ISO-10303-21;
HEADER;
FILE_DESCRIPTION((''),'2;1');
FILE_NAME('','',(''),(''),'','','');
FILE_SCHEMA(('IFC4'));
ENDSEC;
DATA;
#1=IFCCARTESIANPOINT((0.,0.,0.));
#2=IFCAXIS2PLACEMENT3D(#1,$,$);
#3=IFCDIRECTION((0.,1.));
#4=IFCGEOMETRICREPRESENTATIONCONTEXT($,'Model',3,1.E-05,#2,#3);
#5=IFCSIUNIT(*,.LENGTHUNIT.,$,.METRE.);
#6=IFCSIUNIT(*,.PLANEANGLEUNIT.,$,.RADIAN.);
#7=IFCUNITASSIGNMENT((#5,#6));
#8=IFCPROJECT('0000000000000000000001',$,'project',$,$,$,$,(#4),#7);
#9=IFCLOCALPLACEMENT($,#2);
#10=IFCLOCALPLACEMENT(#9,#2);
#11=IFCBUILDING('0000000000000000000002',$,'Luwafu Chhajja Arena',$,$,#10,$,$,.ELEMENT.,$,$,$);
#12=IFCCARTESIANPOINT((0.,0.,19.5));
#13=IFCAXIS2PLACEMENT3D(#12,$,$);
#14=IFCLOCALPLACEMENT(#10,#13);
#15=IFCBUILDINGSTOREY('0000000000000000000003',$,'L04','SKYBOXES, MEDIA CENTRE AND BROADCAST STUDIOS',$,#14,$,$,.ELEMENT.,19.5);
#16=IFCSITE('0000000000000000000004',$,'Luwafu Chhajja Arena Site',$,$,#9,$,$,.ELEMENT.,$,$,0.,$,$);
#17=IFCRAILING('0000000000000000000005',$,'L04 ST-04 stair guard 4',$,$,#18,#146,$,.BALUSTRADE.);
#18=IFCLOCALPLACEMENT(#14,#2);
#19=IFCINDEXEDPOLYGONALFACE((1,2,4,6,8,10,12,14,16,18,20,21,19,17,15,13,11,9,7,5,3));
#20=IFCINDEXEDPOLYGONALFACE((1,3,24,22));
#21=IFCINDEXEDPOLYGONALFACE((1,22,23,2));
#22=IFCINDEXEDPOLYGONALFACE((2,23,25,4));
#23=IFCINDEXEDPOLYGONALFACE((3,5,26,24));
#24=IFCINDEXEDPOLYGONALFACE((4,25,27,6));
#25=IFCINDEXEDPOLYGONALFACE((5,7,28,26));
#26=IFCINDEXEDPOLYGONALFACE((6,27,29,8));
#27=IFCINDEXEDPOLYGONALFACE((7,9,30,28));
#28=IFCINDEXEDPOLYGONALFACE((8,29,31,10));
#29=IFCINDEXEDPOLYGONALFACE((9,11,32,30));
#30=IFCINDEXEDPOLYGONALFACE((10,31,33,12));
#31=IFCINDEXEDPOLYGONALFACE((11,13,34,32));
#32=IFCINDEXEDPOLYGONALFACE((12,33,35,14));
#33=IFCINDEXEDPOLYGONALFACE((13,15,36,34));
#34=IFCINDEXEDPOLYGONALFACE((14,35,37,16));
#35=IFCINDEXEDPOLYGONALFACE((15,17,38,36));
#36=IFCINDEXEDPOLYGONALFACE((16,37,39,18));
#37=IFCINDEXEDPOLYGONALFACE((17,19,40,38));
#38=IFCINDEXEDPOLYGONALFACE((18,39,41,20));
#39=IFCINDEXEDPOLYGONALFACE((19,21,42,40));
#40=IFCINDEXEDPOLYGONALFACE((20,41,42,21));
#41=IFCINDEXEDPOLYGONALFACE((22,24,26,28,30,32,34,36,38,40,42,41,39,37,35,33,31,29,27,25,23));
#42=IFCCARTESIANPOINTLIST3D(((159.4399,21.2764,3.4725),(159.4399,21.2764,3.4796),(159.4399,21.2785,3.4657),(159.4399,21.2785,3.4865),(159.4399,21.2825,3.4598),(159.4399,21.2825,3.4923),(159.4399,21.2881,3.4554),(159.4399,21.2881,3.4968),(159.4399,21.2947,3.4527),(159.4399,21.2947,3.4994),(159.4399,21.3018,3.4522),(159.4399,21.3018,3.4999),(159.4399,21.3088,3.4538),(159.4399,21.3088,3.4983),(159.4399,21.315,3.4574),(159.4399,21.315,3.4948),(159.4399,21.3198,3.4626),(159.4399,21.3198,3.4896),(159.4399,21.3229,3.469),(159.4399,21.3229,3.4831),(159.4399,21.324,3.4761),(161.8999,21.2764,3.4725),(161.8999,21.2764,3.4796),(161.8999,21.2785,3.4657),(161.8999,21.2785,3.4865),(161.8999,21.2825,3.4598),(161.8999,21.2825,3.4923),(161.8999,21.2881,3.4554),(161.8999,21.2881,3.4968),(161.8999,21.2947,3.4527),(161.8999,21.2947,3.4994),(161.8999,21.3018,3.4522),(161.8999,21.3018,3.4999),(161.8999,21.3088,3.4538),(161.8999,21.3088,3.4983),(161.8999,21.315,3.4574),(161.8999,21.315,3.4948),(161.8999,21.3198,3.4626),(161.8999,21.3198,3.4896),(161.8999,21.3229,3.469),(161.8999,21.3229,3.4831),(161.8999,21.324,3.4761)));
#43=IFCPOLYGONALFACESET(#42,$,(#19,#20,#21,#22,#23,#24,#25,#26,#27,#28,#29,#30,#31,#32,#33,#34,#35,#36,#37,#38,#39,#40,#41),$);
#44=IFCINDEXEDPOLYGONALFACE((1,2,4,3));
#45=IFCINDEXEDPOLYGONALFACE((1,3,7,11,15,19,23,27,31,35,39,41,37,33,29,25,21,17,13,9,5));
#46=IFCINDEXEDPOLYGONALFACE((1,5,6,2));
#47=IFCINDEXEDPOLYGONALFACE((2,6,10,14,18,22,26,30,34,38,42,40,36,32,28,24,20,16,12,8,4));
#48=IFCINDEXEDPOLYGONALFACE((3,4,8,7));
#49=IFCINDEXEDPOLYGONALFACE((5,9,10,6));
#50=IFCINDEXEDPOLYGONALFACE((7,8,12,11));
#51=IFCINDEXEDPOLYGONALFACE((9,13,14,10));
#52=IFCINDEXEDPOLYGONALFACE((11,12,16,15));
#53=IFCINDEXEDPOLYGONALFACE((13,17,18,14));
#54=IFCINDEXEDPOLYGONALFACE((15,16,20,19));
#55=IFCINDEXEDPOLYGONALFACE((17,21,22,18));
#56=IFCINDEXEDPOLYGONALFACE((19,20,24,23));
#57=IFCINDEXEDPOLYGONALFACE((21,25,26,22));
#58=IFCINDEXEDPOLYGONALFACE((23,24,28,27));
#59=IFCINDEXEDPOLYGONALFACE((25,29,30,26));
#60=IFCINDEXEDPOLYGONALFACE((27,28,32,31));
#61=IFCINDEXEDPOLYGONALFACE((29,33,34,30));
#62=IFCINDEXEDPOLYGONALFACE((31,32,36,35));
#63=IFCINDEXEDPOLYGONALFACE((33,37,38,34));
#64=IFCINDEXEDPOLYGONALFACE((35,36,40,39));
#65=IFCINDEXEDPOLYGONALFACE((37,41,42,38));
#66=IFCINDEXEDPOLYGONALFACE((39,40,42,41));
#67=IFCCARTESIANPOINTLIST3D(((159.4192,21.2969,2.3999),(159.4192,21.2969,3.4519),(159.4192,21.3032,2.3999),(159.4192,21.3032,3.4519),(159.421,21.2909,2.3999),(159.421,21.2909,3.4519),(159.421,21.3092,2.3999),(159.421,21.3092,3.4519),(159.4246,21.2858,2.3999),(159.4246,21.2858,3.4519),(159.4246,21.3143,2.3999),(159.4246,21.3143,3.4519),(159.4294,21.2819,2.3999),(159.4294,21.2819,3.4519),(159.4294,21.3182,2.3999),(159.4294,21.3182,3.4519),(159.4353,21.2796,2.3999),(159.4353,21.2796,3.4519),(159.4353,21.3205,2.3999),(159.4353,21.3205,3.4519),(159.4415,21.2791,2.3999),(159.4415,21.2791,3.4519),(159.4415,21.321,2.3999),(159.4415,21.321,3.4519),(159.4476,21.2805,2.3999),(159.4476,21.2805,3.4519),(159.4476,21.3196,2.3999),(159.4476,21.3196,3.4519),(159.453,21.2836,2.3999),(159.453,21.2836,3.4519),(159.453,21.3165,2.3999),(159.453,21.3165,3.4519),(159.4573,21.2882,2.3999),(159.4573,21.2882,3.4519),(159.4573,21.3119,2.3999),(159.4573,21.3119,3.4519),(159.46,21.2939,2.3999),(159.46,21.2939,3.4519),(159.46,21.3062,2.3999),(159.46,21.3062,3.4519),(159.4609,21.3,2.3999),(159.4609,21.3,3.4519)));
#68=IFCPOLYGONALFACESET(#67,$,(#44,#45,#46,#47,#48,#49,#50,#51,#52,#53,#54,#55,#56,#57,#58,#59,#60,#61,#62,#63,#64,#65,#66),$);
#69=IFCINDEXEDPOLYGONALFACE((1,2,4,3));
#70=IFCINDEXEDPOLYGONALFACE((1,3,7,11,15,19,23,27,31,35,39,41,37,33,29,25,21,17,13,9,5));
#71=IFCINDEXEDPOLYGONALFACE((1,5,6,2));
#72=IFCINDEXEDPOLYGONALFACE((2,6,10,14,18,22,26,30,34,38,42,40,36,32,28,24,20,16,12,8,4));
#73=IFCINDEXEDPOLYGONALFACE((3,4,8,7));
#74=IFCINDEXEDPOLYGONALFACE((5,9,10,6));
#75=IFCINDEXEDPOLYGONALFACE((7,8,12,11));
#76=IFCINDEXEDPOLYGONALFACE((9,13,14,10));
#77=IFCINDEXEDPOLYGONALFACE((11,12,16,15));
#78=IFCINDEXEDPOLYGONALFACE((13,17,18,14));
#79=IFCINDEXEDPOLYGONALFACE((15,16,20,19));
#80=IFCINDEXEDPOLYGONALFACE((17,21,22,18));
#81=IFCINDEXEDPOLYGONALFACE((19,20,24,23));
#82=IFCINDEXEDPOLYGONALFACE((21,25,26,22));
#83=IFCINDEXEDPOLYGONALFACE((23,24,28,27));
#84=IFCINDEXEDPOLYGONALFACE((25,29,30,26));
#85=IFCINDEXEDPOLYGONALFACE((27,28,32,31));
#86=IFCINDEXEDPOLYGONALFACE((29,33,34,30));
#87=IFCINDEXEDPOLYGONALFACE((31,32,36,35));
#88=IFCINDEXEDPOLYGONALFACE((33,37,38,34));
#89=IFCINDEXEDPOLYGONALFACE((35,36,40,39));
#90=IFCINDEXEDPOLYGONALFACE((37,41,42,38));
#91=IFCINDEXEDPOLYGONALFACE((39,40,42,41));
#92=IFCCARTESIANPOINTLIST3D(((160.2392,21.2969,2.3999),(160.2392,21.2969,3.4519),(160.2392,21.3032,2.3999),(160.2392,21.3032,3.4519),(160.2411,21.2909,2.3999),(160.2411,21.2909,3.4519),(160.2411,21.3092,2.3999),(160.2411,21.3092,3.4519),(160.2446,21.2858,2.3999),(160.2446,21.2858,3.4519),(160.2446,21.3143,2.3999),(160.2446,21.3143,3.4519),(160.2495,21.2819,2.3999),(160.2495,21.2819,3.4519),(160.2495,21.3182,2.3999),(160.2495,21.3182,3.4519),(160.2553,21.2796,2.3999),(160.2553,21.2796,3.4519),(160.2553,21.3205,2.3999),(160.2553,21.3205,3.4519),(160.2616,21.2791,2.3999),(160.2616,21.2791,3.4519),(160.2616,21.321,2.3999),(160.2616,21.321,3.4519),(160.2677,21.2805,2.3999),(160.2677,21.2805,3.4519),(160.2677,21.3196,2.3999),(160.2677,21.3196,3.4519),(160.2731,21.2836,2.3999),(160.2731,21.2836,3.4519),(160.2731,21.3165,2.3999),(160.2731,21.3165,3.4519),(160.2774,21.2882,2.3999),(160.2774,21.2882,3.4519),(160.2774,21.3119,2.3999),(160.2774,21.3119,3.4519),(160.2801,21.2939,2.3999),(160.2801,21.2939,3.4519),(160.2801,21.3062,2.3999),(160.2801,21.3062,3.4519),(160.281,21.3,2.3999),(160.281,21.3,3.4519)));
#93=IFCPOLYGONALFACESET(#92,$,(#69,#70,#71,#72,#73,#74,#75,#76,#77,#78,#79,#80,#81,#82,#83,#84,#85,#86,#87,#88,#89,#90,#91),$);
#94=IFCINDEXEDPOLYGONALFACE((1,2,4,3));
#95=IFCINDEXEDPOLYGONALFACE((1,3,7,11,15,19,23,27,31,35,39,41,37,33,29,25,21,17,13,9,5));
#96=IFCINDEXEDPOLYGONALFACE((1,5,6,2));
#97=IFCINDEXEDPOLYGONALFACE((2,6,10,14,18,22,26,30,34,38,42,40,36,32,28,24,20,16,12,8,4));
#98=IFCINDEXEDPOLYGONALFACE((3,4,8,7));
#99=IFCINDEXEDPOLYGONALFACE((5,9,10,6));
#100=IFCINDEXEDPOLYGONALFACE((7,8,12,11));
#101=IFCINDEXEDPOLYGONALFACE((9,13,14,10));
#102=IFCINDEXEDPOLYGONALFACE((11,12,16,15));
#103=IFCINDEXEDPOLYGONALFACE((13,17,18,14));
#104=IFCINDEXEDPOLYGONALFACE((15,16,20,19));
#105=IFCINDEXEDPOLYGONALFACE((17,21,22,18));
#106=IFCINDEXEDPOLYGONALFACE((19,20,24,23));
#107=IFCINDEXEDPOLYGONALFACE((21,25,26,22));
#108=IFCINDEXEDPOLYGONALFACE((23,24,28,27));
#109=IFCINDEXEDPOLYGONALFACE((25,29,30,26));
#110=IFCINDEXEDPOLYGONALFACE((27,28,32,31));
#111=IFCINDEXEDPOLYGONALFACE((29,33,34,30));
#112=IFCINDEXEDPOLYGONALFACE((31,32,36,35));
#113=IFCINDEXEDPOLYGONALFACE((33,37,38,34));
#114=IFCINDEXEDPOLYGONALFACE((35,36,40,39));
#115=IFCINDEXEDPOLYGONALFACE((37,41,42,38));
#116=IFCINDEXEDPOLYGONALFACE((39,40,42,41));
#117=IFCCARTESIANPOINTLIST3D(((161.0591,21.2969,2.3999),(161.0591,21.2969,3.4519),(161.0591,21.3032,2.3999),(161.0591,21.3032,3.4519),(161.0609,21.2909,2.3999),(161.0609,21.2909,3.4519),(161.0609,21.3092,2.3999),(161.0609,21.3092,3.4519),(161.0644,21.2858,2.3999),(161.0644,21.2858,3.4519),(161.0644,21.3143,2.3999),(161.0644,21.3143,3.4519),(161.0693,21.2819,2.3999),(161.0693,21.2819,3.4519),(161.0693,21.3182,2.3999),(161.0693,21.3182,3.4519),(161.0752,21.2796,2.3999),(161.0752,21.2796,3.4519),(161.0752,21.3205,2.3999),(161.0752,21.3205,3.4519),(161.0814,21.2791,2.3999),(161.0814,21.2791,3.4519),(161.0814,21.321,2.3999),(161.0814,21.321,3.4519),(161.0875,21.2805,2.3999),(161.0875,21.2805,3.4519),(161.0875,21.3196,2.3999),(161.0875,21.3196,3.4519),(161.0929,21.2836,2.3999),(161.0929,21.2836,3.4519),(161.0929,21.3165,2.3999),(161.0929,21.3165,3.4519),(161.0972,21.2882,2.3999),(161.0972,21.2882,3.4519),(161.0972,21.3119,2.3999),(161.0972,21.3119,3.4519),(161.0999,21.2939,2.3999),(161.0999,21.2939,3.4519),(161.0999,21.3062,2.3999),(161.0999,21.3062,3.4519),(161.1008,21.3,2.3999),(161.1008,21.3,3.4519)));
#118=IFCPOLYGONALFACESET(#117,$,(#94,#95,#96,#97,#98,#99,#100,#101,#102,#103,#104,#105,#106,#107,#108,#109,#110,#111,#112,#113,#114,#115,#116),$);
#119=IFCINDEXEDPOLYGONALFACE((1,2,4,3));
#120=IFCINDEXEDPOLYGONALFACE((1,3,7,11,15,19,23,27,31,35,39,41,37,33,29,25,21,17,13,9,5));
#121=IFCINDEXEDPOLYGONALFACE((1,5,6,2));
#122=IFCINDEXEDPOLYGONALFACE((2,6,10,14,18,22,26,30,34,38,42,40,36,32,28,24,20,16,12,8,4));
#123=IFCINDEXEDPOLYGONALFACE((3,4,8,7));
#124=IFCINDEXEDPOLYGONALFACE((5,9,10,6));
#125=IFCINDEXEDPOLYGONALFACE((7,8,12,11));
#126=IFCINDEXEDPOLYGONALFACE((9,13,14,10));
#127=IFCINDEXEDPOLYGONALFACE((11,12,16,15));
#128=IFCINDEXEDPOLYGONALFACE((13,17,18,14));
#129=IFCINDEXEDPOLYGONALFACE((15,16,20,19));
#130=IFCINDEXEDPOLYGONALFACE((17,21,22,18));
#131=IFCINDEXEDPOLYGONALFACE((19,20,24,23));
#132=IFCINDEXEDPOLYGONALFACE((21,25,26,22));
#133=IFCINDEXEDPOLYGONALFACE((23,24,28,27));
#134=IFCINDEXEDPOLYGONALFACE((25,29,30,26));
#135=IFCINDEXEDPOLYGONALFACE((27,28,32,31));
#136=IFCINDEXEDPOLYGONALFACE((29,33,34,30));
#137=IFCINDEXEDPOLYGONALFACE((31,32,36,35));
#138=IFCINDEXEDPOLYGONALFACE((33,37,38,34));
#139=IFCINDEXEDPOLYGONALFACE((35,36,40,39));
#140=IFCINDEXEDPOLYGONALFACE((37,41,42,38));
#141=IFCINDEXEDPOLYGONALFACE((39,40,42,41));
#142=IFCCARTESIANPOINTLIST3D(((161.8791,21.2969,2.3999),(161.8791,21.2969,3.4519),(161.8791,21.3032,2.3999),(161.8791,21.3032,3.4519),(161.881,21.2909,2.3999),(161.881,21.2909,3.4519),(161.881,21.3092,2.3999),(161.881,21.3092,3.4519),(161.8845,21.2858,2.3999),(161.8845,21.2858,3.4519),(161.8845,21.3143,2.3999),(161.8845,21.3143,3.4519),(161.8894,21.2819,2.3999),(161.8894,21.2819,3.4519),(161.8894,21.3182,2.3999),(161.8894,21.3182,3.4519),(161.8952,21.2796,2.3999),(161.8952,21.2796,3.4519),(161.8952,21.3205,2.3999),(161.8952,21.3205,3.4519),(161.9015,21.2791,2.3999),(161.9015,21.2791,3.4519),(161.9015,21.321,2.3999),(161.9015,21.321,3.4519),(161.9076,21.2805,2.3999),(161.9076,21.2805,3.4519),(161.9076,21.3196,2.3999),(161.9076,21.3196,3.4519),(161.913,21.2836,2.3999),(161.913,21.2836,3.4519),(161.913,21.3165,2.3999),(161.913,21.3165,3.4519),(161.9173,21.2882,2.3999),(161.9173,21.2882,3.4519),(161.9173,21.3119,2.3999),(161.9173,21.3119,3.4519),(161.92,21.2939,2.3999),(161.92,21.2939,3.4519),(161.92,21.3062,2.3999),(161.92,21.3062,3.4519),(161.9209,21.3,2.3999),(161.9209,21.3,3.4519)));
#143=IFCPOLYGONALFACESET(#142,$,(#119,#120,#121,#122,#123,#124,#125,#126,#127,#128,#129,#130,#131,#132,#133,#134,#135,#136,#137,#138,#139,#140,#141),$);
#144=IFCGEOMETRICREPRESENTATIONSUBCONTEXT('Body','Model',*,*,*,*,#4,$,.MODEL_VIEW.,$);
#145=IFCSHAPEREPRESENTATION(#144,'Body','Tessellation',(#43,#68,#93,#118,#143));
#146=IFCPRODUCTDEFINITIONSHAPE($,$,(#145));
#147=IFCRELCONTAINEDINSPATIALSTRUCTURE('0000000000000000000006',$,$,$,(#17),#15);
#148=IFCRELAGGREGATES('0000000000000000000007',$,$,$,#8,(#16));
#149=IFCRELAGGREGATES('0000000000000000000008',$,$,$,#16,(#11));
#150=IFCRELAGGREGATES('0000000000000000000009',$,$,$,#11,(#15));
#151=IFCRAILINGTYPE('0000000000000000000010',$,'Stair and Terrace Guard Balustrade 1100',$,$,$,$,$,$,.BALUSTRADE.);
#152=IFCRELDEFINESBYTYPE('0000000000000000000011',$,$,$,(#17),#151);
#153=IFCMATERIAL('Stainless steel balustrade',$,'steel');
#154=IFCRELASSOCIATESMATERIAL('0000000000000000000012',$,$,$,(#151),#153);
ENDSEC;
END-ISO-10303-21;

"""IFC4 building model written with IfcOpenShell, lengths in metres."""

from ifc_helpers import new_model, si_unit, direction, frame, origin, origin_2d, place, context, subcontext, project, spatial, circle, extrude, material, type_object, element, save


model = new_model("IFC4")

# Units and contexts
model_context = context("Model", 3, precision=1e-05, world=origin(), true_north=direction((0.0, 1.0)))
body_context = subcontext(model_context, "Body", "Model", "MODEL_VIEW")
ifc_project = project(units=[si_unit("LENGTHUNIT", "METRE"), si_unit("PLANEANGLEUNIT", "RADIAN")], contexts=[model_context])

# Site, building, storey
site_placement = place(None, origin())
site = spatial("IfcSite", under=ifc_project, at=site_placement, Name="Luwafu Chhajja Arena Site", CompositionType="ELEMENT", RefElevation=0.0)
building_placement = place(site_placement, origin())
building = spatial("IfcBuilding", under=site, at=building_placement, Name="Luwafu Chhajja Arena", CompositionType="ELEMENT")
storey_placement = place(building_placement, frame((0.0, 0.0, 19.5)))
storey = spatial("IfcBuildingStorey", under=building, at=storey_placement, Name="L04", Description="SKYBOXES, MEDIA CENTRE AND BROADCAST STUDIOS", CompositionType="ELEMENT", Elevation=19.5)

# Railing
ifc_material_1 = material(Name="Stainless steel balustrade", Category="steel")
railing_type_1 = type_object("IfcRailingType", Name="Stair and Terrace Guard Balustrade 1100", PredefinedType="BALUSTRADE", material=ifc_material_1)
for number, where, name in (
    (1, (159.4399, 21.3, 2.3999), "L04 ST-04 stair guard 4"),
):
    element("IfcRailing", number, at=place(storey_placement, frame(where)), inside=storey, type_object=railing_type_1, Name=name, PredefinedType="BALUSTRADE", context=body_context, shape_type="SweptSolid", body=[
        extrude(circle(Radius=0.0239, at=origin_2d()), frame((0.0, 0.0, 1.0762), z_axis=(1.0, 0.0, 0.0), x_axis=(0.0, 1.0, 0.0)), (0.0, 0.0, 1.0), 2.46),
        extrude(circle(Radius=0.021, at=origin_2d()), origin(), (0.0, 0.0, 1.0), 1.052),
        extrude(circle(Radius=0.021, at=origin_2d()), frame((0.8201, 0.0, 0.0)), (0.0, 0.0, 1.0), 1.052),
        extrude(circle(Radius=0.021, at=origin_2d()), frame((1.6399, 0.0, 0.0)), (0.0, 0.0, 1.0), 1.052),
        extrude(circle(Radius=0.021, at=origin_2d()), frame((2.46, 0.0, 0.0)), (0.0, 0.0, 1.0), 1.052),
    ])

save(model, "model.ifc")
